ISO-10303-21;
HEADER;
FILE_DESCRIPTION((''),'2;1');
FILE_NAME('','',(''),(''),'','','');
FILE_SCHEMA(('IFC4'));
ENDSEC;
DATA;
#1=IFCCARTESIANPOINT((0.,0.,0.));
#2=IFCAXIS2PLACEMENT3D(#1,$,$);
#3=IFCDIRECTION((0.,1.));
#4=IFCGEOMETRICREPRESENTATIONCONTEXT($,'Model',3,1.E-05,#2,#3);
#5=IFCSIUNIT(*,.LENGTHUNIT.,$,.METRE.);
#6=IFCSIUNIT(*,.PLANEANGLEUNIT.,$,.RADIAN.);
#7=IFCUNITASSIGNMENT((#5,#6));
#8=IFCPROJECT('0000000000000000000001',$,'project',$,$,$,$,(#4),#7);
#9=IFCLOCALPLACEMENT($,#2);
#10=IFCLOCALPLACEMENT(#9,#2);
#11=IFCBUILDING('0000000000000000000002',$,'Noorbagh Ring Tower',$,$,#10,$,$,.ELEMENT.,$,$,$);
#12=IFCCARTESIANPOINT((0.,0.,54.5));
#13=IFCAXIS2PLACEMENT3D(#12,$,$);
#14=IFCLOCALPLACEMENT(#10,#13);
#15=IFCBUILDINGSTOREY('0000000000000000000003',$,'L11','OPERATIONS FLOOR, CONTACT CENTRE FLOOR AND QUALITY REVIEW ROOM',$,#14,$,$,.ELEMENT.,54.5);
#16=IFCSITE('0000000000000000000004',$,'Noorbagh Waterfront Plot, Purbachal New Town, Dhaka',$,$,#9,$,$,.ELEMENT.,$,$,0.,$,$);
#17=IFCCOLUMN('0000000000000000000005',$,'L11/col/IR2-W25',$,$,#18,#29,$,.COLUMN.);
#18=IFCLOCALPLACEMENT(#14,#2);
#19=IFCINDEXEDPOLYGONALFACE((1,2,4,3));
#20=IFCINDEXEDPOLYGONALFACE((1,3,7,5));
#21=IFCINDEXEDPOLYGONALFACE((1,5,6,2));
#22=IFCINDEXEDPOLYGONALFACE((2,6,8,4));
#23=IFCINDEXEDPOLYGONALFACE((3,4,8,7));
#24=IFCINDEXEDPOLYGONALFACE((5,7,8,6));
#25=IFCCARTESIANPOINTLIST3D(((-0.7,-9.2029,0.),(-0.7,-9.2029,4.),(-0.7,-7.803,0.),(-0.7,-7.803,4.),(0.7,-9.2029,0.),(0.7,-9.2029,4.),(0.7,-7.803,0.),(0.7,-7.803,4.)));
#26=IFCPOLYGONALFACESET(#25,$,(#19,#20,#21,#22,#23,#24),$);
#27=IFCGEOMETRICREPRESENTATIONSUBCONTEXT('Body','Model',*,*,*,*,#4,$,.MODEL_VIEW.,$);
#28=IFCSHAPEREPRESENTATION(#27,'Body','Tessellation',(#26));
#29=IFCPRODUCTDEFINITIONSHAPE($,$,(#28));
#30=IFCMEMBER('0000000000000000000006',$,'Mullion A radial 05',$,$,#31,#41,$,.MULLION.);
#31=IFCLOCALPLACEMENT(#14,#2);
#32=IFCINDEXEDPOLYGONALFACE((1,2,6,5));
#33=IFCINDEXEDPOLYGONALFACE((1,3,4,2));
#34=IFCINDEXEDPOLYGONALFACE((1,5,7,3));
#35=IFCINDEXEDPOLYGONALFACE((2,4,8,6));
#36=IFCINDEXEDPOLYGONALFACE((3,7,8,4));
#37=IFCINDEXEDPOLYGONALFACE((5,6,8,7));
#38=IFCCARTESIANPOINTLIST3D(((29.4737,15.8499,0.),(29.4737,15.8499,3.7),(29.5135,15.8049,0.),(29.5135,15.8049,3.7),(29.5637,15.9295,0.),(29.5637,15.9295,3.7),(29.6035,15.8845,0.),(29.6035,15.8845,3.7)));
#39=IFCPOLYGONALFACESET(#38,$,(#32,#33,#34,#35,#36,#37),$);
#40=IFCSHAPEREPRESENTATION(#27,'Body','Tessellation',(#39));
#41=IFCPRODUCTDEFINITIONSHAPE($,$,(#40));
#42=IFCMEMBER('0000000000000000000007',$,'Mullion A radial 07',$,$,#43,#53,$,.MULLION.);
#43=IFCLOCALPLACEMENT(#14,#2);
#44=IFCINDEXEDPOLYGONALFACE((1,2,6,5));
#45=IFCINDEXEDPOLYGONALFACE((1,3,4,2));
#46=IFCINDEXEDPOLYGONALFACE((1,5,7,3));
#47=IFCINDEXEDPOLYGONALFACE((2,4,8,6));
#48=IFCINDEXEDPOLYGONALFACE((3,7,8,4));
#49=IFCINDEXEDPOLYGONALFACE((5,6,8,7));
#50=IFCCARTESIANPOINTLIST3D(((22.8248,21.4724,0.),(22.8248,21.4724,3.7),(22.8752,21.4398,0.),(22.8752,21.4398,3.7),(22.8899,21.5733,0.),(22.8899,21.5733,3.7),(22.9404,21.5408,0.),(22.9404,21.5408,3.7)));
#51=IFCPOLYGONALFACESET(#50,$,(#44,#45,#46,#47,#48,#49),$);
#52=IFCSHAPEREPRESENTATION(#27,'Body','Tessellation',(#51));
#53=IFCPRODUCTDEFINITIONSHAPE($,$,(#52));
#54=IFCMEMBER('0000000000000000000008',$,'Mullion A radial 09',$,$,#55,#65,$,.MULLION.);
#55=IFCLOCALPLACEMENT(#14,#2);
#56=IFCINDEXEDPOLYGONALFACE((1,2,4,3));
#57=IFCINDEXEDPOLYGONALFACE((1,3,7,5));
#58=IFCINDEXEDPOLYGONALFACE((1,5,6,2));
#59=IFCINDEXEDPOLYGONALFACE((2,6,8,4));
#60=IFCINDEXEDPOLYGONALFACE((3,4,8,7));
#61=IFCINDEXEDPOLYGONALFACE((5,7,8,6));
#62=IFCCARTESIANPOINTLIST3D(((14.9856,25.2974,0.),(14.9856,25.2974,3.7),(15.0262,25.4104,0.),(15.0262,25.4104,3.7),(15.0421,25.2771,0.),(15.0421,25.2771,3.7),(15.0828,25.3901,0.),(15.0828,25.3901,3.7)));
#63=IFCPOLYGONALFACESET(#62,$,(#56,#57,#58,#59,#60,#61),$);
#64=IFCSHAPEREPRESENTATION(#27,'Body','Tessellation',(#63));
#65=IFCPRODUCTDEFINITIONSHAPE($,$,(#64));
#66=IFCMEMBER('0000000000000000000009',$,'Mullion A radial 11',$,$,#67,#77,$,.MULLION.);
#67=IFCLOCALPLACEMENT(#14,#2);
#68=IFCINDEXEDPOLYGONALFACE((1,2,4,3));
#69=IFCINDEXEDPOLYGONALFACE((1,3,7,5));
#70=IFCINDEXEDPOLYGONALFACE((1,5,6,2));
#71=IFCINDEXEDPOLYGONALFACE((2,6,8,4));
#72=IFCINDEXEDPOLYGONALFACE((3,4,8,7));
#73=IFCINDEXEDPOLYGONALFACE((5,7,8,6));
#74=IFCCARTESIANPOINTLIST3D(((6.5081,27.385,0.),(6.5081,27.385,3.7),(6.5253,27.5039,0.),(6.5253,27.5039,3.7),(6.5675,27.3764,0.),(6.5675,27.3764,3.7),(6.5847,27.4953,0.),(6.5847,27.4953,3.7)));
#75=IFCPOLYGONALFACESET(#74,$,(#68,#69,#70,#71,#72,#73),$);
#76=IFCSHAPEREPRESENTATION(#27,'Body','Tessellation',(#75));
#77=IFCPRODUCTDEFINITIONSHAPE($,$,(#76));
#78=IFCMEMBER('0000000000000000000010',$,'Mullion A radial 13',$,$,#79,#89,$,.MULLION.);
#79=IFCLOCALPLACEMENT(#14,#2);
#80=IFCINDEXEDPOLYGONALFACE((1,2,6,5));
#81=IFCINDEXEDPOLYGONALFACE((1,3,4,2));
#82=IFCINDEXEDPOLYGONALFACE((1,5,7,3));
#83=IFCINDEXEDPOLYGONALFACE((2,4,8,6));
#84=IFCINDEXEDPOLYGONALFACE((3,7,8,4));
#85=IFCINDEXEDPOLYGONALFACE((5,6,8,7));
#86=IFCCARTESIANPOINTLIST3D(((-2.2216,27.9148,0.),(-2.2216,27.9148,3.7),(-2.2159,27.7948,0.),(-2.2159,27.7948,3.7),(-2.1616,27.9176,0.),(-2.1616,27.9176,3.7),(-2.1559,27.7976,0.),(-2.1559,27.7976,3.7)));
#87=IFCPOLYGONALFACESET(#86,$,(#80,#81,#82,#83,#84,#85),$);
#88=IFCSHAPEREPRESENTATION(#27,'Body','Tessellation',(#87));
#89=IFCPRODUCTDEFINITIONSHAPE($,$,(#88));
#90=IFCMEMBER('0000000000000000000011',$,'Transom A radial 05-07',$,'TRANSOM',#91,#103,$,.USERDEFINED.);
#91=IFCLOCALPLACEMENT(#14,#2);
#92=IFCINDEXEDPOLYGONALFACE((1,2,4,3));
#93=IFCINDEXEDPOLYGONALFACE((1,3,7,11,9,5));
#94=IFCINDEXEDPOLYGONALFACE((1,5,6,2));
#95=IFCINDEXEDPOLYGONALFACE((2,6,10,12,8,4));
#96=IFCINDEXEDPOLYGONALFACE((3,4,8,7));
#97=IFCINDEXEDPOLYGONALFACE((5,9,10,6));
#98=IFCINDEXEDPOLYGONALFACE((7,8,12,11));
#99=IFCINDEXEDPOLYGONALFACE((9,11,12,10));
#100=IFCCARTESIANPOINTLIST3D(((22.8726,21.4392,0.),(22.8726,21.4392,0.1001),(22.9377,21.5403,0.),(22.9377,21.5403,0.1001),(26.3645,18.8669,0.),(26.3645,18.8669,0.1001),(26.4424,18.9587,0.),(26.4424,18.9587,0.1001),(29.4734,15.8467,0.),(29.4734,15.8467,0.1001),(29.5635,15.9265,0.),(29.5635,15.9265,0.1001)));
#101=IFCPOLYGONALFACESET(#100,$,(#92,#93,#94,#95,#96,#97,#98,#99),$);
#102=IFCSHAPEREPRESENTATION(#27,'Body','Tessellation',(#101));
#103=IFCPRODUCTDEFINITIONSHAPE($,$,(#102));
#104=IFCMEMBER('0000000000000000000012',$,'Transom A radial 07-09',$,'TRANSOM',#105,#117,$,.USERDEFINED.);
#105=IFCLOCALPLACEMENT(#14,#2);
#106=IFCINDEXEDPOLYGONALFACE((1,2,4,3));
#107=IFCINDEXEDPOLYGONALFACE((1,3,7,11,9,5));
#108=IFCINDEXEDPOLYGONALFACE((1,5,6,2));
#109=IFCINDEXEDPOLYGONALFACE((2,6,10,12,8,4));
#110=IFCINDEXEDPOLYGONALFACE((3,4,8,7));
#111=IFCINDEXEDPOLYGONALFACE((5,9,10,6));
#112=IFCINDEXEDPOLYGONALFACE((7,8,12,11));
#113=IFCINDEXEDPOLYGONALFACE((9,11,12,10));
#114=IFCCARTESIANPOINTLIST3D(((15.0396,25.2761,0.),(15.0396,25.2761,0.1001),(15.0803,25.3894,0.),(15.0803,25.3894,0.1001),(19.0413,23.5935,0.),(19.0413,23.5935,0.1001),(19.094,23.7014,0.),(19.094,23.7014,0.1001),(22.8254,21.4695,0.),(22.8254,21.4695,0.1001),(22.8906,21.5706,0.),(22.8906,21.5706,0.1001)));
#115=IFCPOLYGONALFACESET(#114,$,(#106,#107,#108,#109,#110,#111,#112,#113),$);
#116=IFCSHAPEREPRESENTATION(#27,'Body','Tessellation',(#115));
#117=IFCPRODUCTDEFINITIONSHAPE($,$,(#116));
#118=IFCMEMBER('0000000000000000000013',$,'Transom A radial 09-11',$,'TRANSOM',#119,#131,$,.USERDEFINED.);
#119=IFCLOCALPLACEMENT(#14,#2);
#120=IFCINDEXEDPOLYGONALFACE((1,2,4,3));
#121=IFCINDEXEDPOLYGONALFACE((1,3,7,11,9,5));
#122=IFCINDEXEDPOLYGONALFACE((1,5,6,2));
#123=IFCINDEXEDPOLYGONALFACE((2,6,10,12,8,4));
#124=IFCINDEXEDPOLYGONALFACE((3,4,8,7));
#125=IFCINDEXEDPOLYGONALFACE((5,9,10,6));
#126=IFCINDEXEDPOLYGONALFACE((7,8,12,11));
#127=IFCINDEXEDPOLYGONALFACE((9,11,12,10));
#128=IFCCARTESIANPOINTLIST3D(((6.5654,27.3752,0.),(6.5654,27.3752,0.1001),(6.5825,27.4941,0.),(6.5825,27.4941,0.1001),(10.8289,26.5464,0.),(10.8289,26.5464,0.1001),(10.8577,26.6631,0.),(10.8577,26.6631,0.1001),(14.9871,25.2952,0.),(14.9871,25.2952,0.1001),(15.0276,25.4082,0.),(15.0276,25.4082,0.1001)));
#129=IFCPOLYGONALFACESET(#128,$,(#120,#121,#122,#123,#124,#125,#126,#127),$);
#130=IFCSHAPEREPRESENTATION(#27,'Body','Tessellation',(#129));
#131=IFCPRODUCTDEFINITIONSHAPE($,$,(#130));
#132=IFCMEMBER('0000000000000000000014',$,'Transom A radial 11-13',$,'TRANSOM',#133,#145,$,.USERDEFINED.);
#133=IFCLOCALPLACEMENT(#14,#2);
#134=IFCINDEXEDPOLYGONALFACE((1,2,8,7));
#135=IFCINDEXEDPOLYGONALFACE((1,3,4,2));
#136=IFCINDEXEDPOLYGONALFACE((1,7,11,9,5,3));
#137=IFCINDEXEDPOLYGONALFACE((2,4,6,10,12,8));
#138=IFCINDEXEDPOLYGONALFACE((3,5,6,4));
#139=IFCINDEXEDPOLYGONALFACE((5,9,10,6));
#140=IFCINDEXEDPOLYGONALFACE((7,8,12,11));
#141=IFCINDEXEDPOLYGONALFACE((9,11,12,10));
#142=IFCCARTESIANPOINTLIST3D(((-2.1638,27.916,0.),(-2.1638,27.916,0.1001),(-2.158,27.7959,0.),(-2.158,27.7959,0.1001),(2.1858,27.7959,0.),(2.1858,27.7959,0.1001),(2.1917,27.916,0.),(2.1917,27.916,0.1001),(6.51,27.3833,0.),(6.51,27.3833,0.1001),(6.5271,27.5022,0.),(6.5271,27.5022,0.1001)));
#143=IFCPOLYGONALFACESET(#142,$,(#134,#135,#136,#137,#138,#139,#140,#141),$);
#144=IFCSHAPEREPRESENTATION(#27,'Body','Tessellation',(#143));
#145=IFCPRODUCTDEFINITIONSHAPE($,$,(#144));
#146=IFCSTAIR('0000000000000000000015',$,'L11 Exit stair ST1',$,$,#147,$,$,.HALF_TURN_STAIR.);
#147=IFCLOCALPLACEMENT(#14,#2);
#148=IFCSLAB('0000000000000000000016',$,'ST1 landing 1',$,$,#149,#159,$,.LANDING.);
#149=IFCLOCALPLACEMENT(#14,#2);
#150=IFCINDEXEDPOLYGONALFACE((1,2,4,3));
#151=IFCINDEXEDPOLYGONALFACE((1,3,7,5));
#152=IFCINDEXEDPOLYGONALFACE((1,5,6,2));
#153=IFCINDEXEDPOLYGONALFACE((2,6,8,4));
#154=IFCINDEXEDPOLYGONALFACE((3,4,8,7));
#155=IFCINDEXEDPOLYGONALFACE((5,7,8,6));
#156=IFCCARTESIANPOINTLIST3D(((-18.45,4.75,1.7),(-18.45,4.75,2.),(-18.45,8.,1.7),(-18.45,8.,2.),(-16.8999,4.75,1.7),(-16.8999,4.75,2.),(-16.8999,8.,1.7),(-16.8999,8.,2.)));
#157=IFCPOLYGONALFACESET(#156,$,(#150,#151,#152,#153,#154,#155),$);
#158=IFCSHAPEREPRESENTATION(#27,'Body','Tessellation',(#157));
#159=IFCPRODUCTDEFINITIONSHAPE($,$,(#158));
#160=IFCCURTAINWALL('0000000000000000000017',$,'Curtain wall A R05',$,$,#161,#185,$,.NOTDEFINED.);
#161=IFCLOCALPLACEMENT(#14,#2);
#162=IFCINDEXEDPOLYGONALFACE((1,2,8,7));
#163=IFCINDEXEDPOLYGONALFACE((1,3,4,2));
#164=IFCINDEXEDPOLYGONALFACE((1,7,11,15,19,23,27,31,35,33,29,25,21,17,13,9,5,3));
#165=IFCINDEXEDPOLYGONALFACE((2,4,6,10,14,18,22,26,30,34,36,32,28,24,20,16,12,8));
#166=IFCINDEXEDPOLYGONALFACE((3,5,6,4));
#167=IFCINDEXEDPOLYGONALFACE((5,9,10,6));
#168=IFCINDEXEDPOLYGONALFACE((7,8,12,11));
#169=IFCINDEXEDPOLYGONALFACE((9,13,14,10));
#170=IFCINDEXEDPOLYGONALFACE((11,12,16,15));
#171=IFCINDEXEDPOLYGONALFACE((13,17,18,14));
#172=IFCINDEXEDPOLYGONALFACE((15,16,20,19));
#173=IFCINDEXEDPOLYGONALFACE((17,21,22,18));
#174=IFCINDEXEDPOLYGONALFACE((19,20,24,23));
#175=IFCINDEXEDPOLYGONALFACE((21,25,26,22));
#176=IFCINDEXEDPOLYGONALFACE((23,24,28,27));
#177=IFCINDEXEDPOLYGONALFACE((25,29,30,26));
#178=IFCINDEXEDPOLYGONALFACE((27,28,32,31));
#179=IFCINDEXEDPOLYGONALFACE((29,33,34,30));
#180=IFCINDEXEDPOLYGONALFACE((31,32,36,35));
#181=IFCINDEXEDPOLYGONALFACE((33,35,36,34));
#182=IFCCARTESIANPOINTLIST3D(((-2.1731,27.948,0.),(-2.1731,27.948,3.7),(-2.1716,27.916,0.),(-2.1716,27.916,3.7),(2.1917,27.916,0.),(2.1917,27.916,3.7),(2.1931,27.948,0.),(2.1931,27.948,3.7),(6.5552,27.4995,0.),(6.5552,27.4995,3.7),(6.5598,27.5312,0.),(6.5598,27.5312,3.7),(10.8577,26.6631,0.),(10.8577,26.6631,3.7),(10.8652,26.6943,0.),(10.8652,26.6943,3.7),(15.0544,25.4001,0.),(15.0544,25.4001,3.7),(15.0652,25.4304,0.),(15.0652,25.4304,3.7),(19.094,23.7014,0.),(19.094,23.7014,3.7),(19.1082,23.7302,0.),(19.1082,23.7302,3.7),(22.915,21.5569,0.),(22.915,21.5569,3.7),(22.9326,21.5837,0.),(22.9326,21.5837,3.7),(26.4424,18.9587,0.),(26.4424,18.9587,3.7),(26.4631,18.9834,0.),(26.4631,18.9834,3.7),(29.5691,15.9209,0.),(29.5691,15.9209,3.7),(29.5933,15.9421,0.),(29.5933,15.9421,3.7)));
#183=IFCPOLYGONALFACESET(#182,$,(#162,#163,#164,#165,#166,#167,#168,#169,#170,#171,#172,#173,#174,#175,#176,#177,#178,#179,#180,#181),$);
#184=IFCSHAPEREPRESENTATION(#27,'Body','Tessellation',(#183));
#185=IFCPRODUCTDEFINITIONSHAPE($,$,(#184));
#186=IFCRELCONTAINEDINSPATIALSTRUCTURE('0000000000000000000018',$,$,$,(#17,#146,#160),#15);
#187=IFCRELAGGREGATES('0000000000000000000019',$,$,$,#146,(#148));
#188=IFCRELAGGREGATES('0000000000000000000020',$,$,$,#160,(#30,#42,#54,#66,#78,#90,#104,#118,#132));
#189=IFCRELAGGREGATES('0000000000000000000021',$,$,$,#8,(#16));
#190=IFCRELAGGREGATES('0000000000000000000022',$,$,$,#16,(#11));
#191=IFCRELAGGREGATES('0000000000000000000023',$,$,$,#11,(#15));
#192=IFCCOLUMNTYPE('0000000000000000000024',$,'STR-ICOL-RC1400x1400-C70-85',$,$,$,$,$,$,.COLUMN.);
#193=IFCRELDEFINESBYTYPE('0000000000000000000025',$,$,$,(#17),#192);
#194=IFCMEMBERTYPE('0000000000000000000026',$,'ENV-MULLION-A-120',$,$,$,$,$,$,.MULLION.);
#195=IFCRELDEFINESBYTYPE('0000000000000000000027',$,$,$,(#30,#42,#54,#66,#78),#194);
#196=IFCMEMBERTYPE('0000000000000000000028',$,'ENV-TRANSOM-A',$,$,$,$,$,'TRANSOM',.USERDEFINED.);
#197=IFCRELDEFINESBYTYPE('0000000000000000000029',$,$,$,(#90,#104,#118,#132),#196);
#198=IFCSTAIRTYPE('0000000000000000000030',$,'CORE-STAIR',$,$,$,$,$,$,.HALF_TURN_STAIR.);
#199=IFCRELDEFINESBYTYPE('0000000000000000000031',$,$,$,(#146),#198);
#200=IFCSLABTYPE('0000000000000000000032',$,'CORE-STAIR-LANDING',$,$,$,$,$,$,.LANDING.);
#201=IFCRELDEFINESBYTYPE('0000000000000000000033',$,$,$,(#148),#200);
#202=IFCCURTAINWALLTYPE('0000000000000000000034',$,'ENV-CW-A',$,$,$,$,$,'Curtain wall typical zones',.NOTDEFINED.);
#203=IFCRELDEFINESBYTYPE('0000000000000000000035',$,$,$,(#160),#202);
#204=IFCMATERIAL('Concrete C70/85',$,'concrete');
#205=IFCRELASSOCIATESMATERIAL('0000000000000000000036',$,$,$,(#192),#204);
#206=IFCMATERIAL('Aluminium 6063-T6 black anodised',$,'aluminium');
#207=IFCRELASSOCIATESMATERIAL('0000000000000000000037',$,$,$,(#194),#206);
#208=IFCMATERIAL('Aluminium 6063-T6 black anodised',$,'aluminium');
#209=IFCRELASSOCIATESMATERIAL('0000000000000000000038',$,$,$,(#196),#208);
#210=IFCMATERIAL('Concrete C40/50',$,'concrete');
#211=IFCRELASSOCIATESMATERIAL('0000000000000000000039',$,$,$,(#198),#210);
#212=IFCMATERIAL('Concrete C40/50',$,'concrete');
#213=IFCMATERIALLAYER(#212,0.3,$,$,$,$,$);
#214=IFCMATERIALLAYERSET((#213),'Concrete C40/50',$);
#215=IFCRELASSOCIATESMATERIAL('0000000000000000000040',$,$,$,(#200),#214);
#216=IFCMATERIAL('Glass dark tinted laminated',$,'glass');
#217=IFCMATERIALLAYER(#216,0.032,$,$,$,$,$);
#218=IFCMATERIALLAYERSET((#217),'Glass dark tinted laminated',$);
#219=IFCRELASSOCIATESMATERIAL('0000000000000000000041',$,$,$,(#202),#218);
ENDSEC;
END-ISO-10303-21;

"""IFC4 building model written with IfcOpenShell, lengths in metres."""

from ifc_helpers import new_model, si_unit, direction, frame, origin, origin_2d, place, context, subcontext, project, spatial, polyline, rectangle, outline, extrude, material, layer, layer_set, material_profile, profile_set, type_object, element, aggregate, save


model = new_model("IFC4")

# Units and contexts
model_context = context("Model", 3, precision=1e-05, world=origin(), true_north=direction((0.0, 1.0)))
body_context = subcontext(model_context, "Body", "Model", "MODEL_VIEW")
ifc_project = project(units=[si_unit("LENGTHUNIT", "METRE"), si_unit("PLANEANGLEUNIT", "RADIAN")], contexts=[model_context])

# Site, building, storey
site_placement = place(None, origin())
site = spatial("IfcSite", under=ifc_project, at=site_placement, Name="Noorbagh Waterfront Plot, Purbachal New Town, Dhaka", CompositionType="ELEMENT", RefElevation=0.0)
building_placement = place(site_placement, origin())
building = spatial("IfcBuilding", under=site, at=building_placement, Name="Noorbagh Ring Tower", CompositionType="ELEMENT")
storey_placement = place(building_placement, frame((0.0, 0.0, 54.5)))
storey = spatial("IfcBuildingStorey", under=building, at=storey_placement, Name="L11", Description="OPERATIONS FLOOR, CONTACT CENTRE FLOOR AND QUALITY REVIEW ROOM", CompositionType="ELEMENT", Elevation=54.5)

# Column
ifc_material_1 = material(Name="Concrete C70/85", Category="concrete")
ifc_material_profile_1 = material_profile(ifc_material_1, rectangle(XDim=1.3999, YDim=1.3999, at=origin_2d()), Name="RC1400x1400")
ifc_profile_set_1 = profile_set([ifc_material_profile_1], Name="Concrete C70/85")
column_type = type_object("IfcColumnType", Name="STR-ICOL-RC1400x1400-C70-85", PredefinedType="COLUMN", material=ifc_profile_set_1)
column_placement = place(storey_placement, frame((0.0, -8.5029, 0.0), z_axis=(0.0, 0.0, 1.0), x_axis=(1.0, 0.0, 0.0)))
element("IfcColumn", 1, at=column_placement, inside=storey, type_object=column_type, Name="L11/col/IR2-W25", PredefinedType="COLUMN", context=body_context, shape_type="SweptSolid", body=[
    extrude(rectangle(XDim=1.3999, YDim=1.3999, at=origin_2d()), origin(), (0.0, 0.0, 1.0), 4.0),
])

# Members
ifc_material_2 = material(Name="Aluminium 6063-T6 black anodised", Category="aluminium")
ifc_material_profile_2 = material_profile(ifc_material_2, rectangle(XDim=0.1201, YDim=0.0601, at=origin_2d()), Name="120x60")
ifc_profile_set_2 = profile_set([ifc_material_profile_2], Name="Aluminium 6063-T6 black anodised")
member_type_1 = type_object("IfcMemberType", Name="ENV-MULLION-A-120", PredefinedType="MULLION", material=ifc_profile_set_2)
member_1_placement = place(storey_placement, frame((29.5386, 15.8672, 0.0), z_axis=(0.0, 0.0, 1.0), x_axis=(-0.749047, -0.662517, 0.0)))
member_1 = element("IfcMember", 2, at=member_1_placement, type_object=member_type_1, Name="Mullion A radial 05", PredefinedType="MULLION", context=body_context, shape_type="SweptSolid", body=[
    extrude(rectangle(XDim=0.1201, YDim=0.0601, at=origin_2d()), origin(), (0.0, 0.0, 1.0), 3.7),
])
member_2_placement = place(storey_placement, frame((22.8826, 21.5066, 0.0), z_axis=(0.0, 0.0, 1.0), x_axis=(-0.542279, -0.840198, 0.0)))
member_2 = element("IfcMember", 3, at=member_2_placement, type_object=member_type_1, Name="Mullion A radial 07", PredefinedType="MULLION", context=body_context, shape_type="SweptSolid", body=[
    extrude(rectangle(XDim=0.1201, YDim=0.0601, at=origin_2d()), origin(), (0.0, 0.0, 1.0), 3.7),
])
member_3_placement = place(storey_placement, frame((15.0342, 25.3438, 0.0), z_axis=(0.0, 0.0, 1.0), x_axis=(-0.338379, -0.94101, 0.0)))
member_3 = element("IfcMember", 4, at=member_3_placement, type_object=member_type_1, Name="Mullion A radial 09", PredefinedType="MULLION", context=body_context, shape_type="SweptSolid", body=[
    extrude(rectangle(XDim=0.1201, YDim=0.0601, at=origin_2d()), origin(), (0.0, 0.0, 1.0), 3.7),
])
member_4_placement = place(storey_placement, frame((6.5464, 27.4402, 0.0), z_axis=(0.0, 0.0, 1.0), x_axis=(-0.143082, -0.989711, 0.0)))
member_4 = element("IfcMember", 5, at=member_4_placement, type_object=member_type_1, Name="Mullion A radial 11", PredefinedType="MULLION", context=body_context, shape_type="SweptSolid", body=[
    extrude(rectangle(XDim=0.1201, YDim=0.0601, at=origin_2d()), origin(), (0.0, 0.0, 1.0), 3.7),
])
member_5_placement = place(storey_placement, frame((-2.1887, 27.8562, 0.0), z_axis=(0.0, 0.0, 1.0), x_axis=(0.047558, -0.998868, 0.0)))
member_5 = element("IfcMember", 6, at=member_5_placement, type_object=member_type_1, Name="Mullion A radial 13", PredefinedType="MULLION", context=body_context, shape_type="SweptSolid", body=[
    extrude(rectangle(XDim=0.1201, YDim=0.0601, at=origin_2d()), origin(), (0.0, 0.0, 1.0), 3.7),
])
ifc_material_3 = material(Name="Aluminium 6063-T6 black anodised", Category="aluminium")
member_type_2 = type_object("IfcMemberType", Name="ENV-TRANSOM-A", ElementType="TRANSOM", PredefinedType="USERDEFINED", material=ifc_material_3)
member_6_placement = place(storey_placement, origin())
member_6 = element("IfcMember", 7, at=member_6_placement, type_object=member_type_2, Name="Transom A radial 05-07", ObjectType="TRANSOM", PredefinedType="USERDEFINED", context=body_context, shape_type="SweptSolid", body=[
    extrude(outline(polyline([(29.5635, 15.9265), (26.4424, 18.9587), (22.9377, 21.5403), (22.8726, 21.4392), (26.3645, 18.8669), (29.4734, 15.8467), (29.5635, 15.9265)])), origin(), (0.0, 0.0, 1.0), 0.1001),
])
member_7_placement = place(storey_placement, origin())
member_7 = element("IfcMember", 8, at=member_7_placement, type_object=member_type_2, Name="Transom A radial 07-09", ObjectType="TRANSOM", PredefinedType="USERDEFINED", context=body_context, shape_type="SweptSolid", body=[
    extrude(outline(polyline([(22.8906, 21.5706), (19.094, 23.7014), (15.0803, 25.3894), (15.0396, 25.2761), (19.0413, 23.5935), (22.8254, 21.4695), (22.8906, 21.5706)])), origin(), (0.0, 0.0, 1.0), 0.1001),
])
member_8_placement = place(storey_placement, origin())
member_8 = element("IfcMember", 9, at=member_8_placement, type_object=member_type_2, Name="Transom A radial 09-11", ObjectType="TRANSOM", PredefinedType="USERDEFINED", context=body_context, shape_type="SweptSolid", body=[
    extrude(outline(polyline([(15.0276, 25.4082), (10.8577, 26.6631), (6.5825, 27.4941), (6.5654, 27.3752), (10.8289, 26.5464), (14.9871, 25.2952), (15.0276, 25.4082)])), origin(), (0.0, 0.0, 1.0), 0.1001),
])
member_9_placement = place(storey_placement, origin())
member_9 = element("IfcMember", 10, at=member_9_placement, type_object=member_type_2, Name="Transom A radial 11-13", ObjectType="TRANSOM", PredefinedType="USERDEFINED", context=body_context, shape_type="SweptSolid", body=[
    extrude(outline(polyline([(6.5271, 27.5022), (2.1917, 27.916), (-2.1638, 27.916), (-2.158, 27.7959), (2.1858, 27.7959), (6.51, 27.3833), (6.5271, 27.5022)])), origin(), (0.0, 0.0, 1.0), 0.1001),
])

# Stair, slab
ifc_material_4 = material(Name="Concrete C40/50", Category="concrete")
stair_type = type_object("IfcStairType", Name="CORE-STAIR", PredefinedType="HALF_TURN_STAIR", material=ifc_material_4)
stair_1_placement = place(storey_placement, origin())
stair_1 = element("IfcStair", 11, at=stair_1_placement, inside=storey, type_object=stair_type, Name="L11 Exit stair ST1", PredefinedType="HALF_TURN_STAIR")
ifc_material_5 = material(Name="Concrete C40/50", Category="concrete")
ifc_layer_1 = layer(ifc_material_5, 0.3)
ifc_layer_set_1 = layer_set([ifc_layer_1], Name="Concrete C40/50")
slab_type_1 = type_object("IfcSlabType", Name="CORE-STAIR-LANDING", PredefinedType="LANDING", material=ifc_layer_set_1)
slab_1_placement = place(storey_placement, frame((0.0, 0.0, 1.7)))
slab_1 = element("IfcSlab", 12, at=slab_1_placement, type_object=slab_type_1, Name="ST1 landing 1", PredefinedType="LANDING", context=body_context, shape_type="SweptSolid", body=[
    extrude(outline(polyline([(-18.45, 4.75), (-16.8999, 4.75), (-16.8999, 8.0), (-18.45, 8.0), (-18.45, 4.75)])), origin(), (0.0, 0.0, 1.0), 0.3),
])
aggregate(stair_1, [slab_1])

# Curtain wall
ifc_material_6 = material(Name="Glass dark tinted laminated", Category="glass")
ifc_layer_2 = layer(ifc_material_6, 0.032)
ifc_layer_set_2 = layer_set([ifc_layer_2], Name="Glass dark tinted laminated")
curtain_wall_type = type_object("IfcCurtainWallType", Name="ENV-CW-A", ElementType="Curtain wall typical zones", PredefinedType="NOTDEFINED", material=ifc_layer_set_2)
curtain_wall_1_placement = place(storey_placement, origin())
curtain_wall_1 = element("IfcCurtainWall", 13, at=curtain_wall_1_placement, inside=storey, type_object=curtain_wall_type, Name="Curtain wall A R05", PredefinedType="NOTDEFINED", context=body_context, shape_type="SweptSolid", body=[
    extrude(outline(polyline([(29.5933, 15.9421), (26.4631, 18.9834), (22.9326, 21.5837), (19.1082, 23.7302), (15.0652, 25.4304), (10.8652, 26.6943), (6.5598, 27.5312), (2.1931, 27.948), (-2.1731, 27.948), (-2.1716, 27.916), (2.1917, 27.916), (6.5552, 27.4995), (10.8577, 26.6631), (15.0544, 25.4001), (19.094, 23.7014), (22.915, 21.5569), (26.4424, 18.9587), (29.5691, 15.9209), (29.5933, 15.9421)])), origin(), (0.0, 0.0, 1.0), 3.7),
])
aggregate(curtain_wall_1, [member_1, member_2, member_3, member_4, member_5, member_6, member_7, member_8, member_9])

save(model, "model.ifc")
